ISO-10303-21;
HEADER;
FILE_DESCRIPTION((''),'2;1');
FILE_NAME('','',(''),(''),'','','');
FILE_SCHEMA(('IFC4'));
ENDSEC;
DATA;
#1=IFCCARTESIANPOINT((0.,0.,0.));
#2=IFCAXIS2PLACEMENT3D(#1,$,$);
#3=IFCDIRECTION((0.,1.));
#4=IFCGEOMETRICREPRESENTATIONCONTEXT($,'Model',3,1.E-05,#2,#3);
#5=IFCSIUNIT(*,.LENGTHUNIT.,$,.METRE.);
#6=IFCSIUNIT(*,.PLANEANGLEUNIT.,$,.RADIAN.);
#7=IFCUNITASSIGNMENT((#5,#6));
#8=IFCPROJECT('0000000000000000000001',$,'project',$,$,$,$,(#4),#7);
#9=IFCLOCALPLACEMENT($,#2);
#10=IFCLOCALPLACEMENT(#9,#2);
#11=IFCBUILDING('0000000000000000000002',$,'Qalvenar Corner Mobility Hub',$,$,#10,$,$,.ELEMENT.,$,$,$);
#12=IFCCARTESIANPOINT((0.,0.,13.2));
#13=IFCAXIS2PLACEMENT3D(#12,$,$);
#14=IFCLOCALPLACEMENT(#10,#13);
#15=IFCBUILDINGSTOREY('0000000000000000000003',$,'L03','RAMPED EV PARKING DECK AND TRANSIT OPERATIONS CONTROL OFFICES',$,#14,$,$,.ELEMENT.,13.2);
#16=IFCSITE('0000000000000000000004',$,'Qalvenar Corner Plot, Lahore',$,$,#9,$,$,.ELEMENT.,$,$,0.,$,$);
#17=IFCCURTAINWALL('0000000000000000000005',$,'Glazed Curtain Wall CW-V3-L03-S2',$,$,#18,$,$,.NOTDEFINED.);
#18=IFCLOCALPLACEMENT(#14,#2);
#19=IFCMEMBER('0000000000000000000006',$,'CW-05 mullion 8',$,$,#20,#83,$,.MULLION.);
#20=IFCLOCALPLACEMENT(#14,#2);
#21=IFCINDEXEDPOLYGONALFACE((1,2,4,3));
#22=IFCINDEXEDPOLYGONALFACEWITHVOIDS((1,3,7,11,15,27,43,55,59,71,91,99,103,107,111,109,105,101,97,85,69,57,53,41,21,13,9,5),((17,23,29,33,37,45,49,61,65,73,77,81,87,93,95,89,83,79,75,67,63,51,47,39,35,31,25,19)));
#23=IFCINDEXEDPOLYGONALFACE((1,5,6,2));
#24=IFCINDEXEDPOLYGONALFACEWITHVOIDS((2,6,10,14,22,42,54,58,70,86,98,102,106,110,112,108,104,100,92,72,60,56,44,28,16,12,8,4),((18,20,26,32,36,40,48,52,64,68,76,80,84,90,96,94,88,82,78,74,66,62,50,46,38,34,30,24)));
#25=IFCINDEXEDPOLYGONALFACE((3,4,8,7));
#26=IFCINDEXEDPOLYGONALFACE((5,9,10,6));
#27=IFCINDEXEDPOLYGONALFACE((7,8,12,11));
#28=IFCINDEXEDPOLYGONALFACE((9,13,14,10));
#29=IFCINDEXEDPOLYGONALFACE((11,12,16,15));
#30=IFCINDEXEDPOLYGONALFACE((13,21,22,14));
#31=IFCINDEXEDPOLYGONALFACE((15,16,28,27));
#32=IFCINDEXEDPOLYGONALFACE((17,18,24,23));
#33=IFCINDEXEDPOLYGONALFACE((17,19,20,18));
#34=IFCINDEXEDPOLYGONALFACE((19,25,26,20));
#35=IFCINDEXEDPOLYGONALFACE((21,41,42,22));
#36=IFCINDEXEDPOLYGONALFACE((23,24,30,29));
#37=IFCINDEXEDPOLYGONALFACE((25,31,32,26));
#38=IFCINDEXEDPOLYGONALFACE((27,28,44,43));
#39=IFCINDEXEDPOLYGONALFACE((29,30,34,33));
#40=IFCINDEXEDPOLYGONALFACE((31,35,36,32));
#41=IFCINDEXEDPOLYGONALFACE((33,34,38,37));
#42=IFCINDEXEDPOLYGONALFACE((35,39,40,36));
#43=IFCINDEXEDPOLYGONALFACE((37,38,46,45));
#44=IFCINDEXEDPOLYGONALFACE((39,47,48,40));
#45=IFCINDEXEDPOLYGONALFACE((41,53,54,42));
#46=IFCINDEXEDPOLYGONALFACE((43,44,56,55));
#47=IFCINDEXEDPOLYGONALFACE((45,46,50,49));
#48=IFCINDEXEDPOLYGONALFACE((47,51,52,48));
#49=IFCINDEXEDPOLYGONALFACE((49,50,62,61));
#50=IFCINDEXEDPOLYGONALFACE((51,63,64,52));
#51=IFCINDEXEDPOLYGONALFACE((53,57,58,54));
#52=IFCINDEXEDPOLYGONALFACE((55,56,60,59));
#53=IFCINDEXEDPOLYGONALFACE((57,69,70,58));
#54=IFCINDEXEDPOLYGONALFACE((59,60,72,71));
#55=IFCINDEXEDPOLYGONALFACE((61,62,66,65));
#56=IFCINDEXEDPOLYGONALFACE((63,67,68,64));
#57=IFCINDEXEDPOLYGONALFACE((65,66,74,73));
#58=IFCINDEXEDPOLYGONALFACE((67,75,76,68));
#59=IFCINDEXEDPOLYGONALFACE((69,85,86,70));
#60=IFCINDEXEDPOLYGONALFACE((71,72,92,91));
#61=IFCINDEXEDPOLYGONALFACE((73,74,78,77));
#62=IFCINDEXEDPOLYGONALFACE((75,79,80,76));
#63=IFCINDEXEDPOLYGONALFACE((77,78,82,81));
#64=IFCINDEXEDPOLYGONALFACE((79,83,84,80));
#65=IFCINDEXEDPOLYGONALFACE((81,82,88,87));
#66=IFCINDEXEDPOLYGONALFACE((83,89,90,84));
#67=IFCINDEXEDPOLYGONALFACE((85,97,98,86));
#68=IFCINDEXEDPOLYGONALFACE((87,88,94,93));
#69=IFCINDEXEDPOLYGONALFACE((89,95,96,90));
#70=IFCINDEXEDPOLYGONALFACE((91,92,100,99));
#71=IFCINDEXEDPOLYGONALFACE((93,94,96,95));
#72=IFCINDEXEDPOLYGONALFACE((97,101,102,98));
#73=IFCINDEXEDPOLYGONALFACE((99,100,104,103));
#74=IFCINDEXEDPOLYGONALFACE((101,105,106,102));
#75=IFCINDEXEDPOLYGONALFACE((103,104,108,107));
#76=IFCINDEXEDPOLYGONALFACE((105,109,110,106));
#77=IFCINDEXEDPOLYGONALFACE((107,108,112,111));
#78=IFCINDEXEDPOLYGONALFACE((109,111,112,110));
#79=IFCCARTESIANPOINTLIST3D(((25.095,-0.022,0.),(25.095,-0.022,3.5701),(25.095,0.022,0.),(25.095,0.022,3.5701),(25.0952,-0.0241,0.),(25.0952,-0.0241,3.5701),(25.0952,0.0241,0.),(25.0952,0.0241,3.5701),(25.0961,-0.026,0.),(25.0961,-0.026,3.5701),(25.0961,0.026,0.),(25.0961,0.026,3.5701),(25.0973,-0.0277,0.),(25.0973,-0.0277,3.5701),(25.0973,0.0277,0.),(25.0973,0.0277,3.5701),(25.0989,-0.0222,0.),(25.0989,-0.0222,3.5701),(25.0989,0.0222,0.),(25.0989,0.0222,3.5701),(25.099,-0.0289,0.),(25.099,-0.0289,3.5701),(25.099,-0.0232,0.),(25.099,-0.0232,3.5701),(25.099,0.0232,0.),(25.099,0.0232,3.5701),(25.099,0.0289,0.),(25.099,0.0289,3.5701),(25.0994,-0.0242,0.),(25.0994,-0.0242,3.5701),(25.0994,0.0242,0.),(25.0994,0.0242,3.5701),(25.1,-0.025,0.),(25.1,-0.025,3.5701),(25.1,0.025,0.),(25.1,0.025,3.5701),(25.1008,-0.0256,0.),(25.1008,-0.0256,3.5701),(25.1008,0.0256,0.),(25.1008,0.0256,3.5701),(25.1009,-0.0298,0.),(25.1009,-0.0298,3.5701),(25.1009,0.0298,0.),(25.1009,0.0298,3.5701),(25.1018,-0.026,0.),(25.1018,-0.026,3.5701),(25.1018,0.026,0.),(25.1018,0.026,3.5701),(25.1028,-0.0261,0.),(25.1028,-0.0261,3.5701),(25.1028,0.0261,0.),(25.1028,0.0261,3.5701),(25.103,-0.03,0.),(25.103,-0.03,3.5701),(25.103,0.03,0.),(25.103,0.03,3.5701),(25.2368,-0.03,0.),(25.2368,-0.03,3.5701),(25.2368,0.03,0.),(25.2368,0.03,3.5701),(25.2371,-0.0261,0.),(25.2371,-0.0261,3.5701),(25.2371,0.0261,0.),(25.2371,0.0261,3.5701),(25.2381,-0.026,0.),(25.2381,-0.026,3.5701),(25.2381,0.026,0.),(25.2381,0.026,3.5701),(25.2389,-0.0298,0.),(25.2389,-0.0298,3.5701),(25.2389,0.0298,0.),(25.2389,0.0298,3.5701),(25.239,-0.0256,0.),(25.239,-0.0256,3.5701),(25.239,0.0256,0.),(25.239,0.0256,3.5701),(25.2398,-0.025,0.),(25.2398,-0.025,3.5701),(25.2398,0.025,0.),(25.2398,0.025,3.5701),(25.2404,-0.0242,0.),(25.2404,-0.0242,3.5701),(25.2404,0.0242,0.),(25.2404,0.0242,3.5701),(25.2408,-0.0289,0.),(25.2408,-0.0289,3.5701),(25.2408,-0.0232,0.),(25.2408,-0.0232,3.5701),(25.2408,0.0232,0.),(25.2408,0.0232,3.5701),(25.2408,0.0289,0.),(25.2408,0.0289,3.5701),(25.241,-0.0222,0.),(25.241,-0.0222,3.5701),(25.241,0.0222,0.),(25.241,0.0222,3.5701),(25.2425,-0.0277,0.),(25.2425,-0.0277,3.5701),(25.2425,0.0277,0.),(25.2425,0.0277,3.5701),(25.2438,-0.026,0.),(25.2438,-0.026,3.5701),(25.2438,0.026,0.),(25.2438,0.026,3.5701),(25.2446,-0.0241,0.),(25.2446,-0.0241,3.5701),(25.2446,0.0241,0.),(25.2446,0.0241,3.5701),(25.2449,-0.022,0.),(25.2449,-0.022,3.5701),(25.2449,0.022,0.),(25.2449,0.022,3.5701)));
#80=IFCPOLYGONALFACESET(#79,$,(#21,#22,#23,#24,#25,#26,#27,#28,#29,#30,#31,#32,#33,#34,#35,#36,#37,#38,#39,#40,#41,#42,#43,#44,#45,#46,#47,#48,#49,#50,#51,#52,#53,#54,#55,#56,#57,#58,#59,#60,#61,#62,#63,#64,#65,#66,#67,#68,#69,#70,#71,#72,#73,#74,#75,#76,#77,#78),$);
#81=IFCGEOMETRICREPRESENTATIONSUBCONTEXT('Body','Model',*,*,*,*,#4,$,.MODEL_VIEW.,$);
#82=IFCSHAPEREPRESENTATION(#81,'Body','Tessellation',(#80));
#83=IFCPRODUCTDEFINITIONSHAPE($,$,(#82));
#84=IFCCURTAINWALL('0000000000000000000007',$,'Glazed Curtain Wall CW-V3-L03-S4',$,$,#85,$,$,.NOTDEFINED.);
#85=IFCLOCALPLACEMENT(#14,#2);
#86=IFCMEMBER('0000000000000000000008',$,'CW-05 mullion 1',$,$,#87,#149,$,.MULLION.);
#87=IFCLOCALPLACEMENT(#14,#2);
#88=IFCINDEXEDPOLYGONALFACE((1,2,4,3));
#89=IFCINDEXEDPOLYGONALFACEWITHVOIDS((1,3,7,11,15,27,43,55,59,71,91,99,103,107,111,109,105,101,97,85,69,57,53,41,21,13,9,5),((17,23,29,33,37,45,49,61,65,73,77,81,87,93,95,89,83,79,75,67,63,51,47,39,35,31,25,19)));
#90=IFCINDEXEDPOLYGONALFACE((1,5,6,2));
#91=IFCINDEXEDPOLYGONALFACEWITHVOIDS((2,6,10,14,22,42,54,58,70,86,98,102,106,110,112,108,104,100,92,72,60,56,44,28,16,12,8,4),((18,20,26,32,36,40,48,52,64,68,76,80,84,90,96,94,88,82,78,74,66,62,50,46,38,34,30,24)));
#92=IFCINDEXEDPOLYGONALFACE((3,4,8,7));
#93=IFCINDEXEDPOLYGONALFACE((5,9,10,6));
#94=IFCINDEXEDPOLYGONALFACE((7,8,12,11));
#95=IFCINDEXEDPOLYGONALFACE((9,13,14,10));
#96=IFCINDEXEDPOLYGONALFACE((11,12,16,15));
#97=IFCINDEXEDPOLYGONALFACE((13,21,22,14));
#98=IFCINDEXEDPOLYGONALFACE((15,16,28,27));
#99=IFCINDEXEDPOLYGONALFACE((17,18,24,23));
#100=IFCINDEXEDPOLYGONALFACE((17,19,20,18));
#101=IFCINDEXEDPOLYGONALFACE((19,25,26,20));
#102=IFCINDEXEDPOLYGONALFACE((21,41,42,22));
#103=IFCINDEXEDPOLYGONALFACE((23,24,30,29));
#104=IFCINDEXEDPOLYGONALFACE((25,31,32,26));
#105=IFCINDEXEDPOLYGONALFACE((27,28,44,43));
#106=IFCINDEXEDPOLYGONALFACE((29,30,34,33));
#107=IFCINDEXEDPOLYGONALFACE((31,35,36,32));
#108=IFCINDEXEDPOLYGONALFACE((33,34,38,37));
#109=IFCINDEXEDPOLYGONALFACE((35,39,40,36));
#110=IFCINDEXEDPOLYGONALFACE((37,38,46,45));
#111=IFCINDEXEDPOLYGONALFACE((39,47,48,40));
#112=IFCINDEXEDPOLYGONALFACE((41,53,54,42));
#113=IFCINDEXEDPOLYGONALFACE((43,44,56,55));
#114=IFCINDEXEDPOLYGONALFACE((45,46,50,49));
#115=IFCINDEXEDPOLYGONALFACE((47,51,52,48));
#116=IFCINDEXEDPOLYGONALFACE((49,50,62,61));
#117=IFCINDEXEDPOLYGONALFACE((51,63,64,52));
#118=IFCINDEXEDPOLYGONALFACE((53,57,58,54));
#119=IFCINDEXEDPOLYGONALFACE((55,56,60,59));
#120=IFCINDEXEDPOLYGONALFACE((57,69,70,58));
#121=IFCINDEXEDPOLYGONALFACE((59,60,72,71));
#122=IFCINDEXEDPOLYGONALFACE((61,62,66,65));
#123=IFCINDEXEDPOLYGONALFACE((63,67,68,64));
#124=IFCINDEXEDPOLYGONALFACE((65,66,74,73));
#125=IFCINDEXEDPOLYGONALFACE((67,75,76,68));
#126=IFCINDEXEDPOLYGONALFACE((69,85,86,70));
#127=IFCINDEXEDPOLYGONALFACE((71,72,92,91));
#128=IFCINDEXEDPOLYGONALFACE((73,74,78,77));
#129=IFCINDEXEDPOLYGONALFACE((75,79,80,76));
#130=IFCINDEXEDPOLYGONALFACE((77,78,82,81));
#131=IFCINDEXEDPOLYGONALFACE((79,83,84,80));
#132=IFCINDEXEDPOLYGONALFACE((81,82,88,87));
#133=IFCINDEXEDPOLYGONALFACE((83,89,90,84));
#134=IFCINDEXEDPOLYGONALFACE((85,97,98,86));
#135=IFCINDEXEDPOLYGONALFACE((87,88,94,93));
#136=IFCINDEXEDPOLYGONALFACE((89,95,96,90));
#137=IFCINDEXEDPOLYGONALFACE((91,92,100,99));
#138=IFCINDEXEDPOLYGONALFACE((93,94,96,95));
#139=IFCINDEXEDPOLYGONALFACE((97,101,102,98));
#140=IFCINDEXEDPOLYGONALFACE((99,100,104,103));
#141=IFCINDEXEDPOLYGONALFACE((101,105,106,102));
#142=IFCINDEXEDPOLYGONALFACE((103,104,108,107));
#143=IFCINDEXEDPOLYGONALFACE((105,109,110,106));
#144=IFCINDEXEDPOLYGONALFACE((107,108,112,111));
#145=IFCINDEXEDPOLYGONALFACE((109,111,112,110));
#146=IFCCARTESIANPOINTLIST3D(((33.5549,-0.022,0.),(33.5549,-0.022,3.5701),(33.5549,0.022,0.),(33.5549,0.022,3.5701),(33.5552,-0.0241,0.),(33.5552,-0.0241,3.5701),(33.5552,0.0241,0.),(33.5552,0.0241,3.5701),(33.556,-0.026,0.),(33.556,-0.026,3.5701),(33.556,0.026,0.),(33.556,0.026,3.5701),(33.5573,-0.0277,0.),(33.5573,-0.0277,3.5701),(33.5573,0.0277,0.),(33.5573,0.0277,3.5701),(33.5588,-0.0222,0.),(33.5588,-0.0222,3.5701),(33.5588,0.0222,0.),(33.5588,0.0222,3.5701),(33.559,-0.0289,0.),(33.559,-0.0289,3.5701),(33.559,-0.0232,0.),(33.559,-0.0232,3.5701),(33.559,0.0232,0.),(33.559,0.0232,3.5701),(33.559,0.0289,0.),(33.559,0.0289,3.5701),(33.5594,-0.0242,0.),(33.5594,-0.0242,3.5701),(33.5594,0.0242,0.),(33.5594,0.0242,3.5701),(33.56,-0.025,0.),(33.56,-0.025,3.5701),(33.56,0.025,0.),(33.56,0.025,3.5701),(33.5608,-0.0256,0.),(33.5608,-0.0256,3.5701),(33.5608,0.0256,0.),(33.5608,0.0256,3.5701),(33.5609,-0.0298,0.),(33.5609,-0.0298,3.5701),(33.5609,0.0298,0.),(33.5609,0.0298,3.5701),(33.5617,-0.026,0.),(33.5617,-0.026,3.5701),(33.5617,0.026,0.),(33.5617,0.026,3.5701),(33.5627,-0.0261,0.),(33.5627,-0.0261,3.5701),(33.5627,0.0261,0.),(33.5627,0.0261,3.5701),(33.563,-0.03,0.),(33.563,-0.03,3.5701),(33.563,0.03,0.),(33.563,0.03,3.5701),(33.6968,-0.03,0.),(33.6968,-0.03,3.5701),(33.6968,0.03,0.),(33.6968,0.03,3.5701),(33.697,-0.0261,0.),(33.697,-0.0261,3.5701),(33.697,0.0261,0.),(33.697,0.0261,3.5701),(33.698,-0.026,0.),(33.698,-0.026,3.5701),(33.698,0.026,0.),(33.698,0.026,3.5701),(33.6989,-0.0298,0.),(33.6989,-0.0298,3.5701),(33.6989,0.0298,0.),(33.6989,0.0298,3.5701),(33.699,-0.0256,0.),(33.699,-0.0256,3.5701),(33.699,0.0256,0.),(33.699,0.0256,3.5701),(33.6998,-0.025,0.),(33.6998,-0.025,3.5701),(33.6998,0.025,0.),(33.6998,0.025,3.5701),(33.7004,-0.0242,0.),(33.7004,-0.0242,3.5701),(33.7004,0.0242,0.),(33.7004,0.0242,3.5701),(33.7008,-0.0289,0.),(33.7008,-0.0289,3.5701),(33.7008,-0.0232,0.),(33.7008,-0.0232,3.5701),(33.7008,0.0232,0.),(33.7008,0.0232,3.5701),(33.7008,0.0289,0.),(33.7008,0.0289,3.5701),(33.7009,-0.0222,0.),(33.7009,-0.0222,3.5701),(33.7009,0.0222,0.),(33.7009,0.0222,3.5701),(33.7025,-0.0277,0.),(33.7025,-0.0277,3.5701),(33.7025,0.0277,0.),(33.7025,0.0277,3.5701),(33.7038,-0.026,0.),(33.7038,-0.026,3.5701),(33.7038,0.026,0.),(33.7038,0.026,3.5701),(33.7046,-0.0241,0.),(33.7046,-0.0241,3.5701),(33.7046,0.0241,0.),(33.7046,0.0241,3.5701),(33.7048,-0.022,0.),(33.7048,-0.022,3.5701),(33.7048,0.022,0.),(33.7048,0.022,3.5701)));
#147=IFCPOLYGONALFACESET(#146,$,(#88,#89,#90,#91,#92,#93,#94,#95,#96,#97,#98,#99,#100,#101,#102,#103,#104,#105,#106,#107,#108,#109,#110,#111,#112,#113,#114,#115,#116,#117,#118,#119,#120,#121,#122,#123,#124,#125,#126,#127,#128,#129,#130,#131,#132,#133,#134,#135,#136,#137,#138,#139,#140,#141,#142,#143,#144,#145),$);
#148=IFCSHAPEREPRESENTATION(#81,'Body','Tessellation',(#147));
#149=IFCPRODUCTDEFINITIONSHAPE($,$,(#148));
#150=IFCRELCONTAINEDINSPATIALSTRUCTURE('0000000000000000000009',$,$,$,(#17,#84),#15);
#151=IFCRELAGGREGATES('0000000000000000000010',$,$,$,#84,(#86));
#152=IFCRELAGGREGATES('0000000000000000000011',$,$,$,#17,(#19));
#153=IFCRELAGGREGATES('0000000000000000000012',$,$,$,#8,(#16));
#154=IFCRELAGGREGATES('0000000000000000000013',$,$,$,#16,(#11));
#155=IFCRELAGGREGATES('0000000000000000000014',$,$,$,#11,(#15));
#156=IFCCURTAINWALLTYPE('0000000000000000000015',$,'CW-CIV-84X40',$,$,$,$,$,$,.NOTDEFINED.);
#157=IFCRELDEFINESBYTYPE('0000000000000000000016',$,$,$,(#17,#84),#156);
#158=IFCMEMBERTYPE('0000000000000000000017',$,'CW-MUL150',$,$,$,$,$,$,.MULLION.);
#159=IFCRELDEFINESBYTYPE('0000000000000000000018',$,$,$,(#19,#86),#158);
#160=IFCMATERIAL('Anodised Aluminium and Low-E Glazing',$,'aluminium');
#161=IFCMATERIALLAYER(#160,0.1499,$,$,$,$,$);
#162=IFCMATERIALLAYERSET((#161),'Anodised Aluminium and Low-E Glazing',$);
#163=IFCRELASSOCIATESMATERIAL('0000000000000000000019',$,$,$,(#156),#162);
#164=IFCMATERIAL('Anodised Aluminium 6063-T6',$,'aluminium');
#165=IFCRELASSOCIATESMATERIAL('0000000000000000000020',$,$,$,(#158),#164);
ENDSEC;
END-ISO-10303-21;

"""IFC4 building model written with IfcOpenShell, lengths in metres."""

from ifc_helpers import new_model, si_unit, direction, frame, origin, origin_2d, place, context, subcontext, project, spatial, hollow_rectangle, extrude, material, layer, layer_set, material_profile, profile_set, type_object, element, aggregate, save


model = new_model("IFC4")

# Units and contexts
model_context = context("Model", 3, precision=1e-05, world=origin(), true_north=direction((0.0, 1.0)))
body_context = subcontext(model_context, "Body", "Model", "MODEL_VIEW")
ifc_project = project(units=[si_unit("LENGTHUNIT", "METRE"), si_unit("PLANEANGLEUNIT", "RADIAN")], contexts=[model_context])

# Site, building, storey
site_placement = place(None, origin())
site = spatial("IfcSite", under=ifc_project, at=site_placement, Name="Qalvenar Corner Plot, Lahore", CompositionType="ELEMENT", RefElevation=0.0)
building_placement = place(site_placement, origin())
building = spatial("IfcBuilding", under=site, at=building_placement, Name="Qalvenar Corner Mobility Hub", CompositionType="ELEMENT")
storey_placement = place(building_placement, frame((0.0, 0.0, 13.2)))
storey = spatial("IfcBuildingStorey", under=building, at=storey_placement, Name="L03", Description="RAMPED EV PARKING DECK AND TRANSIT OPERATIONS CONTROL OFFICES", CompositionType="ELEMENT", Elevation=13.2)

# Curtain wall, member
ifc_material_1 = material(Name="Anodised Aluminium and Low-E Glazing", Category="aluminium")
ifc_layer_1 = layer(ifc_material_1, 0.1499)
ifc_layer_set_1 = layer_set([ifc_layer_1], Name="Anodised Aluminium and Low-E Glazing")
curtain_wall_type = type_object("IfcCurtainWallType", Name="CW-CIV-84X40", PredefinedType="NOTDEFINED", material=ifc_layer_set_1)
curtain_wall_1_placement = place(storey_placement, origin())
curtain_wall_1 = element("IfcCurtainWall", 1, at=curtain_wall_1_placement, inside=storey, type_object=curtain_wall_type, Name="Glazed Curtain Wall CW-V3-L03-S2", PredefinedType="NOTDEFINED")
ifc_material_2 = material(Name="Anodised Aluminium 6063-T6", Category="aluminium")
ifc_material_profile_1 = material_profile(ifc_material_2, hollow_rectangle(XDim=0.0601, YDim=0.1499, WallThickness=0.0039, InnerFilletRadius=0.0039, OuterFilletRadius=0.0081, at=origin_2d()), Name="RHS150x60x4")
ifc_profile_set_1 = profile_set([ifc_material_profile_1], Name="Anodised Aluminium 6063-T6")
member_type_1 = type_object("IfcMemberType", Name="CW-MUL150", PredefinedType="MULLION", material=ifc_profile_set_1)
member_1_placement = place(storey_placement, frame((25.1699, 0.0, 0.0), z_axis=(0.0, 0.0, 1.0), x_axis=(0.0, 1.0, 0.0)))
member_1 = element("IfcMember", 2, at=member_1_placement, type_object=member_type_1, Name="CW-05 mullion 8", PredefinedType="MULLION", context=body_context, shape_type="SweptSolid", body=[
    extrude(hollow_rectangle(XDim=0.0601, YDim=0.1499, WallThickness=0.0039, InnerFilletRadius=0.0039, OuterFilletRadius=0.0081, at=origin_2d()), origin(), (0.0, 0.0, 1.0), 3.5701),
])

# Curtain wall, member
curtain_wall_2_placement = place(storey_placement, origin())
curtain_wall_2 = element("IfcCurtainWall", 3, at=curtain_wall_2_placement, inside=storey, type_object=curtain_wall_type, Name="Glazed Curtain Wall CW-V3-L03-S4", PredefinedType="NOTDEFINED")
member_2_placement = place(storey_placement, frame((33.6299, 0.0, 0.0), z_axis=(0.0, 0.0, 1.0), x_axis=(0.0, 1.0, 0.0)))
member_2 = element("IfcMember", 4, at=member_2_placement, type_object=member_type_1, Name="CW-05 mullion 1", PredefinedType="MULLION", context=body_context, shape_type="SweptSolid", body=[
    extrude(hollow_rectangle(XDim=0.0601, YDim=0.1499, WallThickness=0.0039, InnerFilletRadius=0.0039, OuterFilletRadius=0.0081, at=origin_2d()), origin(), (0.0, 0.0, 1.0), 3.5701),
])

aggregate(curtain_wall_2, [member_2])

aggregate(curtain_wall_1, [member_1])

save(model, "model.ifc")
